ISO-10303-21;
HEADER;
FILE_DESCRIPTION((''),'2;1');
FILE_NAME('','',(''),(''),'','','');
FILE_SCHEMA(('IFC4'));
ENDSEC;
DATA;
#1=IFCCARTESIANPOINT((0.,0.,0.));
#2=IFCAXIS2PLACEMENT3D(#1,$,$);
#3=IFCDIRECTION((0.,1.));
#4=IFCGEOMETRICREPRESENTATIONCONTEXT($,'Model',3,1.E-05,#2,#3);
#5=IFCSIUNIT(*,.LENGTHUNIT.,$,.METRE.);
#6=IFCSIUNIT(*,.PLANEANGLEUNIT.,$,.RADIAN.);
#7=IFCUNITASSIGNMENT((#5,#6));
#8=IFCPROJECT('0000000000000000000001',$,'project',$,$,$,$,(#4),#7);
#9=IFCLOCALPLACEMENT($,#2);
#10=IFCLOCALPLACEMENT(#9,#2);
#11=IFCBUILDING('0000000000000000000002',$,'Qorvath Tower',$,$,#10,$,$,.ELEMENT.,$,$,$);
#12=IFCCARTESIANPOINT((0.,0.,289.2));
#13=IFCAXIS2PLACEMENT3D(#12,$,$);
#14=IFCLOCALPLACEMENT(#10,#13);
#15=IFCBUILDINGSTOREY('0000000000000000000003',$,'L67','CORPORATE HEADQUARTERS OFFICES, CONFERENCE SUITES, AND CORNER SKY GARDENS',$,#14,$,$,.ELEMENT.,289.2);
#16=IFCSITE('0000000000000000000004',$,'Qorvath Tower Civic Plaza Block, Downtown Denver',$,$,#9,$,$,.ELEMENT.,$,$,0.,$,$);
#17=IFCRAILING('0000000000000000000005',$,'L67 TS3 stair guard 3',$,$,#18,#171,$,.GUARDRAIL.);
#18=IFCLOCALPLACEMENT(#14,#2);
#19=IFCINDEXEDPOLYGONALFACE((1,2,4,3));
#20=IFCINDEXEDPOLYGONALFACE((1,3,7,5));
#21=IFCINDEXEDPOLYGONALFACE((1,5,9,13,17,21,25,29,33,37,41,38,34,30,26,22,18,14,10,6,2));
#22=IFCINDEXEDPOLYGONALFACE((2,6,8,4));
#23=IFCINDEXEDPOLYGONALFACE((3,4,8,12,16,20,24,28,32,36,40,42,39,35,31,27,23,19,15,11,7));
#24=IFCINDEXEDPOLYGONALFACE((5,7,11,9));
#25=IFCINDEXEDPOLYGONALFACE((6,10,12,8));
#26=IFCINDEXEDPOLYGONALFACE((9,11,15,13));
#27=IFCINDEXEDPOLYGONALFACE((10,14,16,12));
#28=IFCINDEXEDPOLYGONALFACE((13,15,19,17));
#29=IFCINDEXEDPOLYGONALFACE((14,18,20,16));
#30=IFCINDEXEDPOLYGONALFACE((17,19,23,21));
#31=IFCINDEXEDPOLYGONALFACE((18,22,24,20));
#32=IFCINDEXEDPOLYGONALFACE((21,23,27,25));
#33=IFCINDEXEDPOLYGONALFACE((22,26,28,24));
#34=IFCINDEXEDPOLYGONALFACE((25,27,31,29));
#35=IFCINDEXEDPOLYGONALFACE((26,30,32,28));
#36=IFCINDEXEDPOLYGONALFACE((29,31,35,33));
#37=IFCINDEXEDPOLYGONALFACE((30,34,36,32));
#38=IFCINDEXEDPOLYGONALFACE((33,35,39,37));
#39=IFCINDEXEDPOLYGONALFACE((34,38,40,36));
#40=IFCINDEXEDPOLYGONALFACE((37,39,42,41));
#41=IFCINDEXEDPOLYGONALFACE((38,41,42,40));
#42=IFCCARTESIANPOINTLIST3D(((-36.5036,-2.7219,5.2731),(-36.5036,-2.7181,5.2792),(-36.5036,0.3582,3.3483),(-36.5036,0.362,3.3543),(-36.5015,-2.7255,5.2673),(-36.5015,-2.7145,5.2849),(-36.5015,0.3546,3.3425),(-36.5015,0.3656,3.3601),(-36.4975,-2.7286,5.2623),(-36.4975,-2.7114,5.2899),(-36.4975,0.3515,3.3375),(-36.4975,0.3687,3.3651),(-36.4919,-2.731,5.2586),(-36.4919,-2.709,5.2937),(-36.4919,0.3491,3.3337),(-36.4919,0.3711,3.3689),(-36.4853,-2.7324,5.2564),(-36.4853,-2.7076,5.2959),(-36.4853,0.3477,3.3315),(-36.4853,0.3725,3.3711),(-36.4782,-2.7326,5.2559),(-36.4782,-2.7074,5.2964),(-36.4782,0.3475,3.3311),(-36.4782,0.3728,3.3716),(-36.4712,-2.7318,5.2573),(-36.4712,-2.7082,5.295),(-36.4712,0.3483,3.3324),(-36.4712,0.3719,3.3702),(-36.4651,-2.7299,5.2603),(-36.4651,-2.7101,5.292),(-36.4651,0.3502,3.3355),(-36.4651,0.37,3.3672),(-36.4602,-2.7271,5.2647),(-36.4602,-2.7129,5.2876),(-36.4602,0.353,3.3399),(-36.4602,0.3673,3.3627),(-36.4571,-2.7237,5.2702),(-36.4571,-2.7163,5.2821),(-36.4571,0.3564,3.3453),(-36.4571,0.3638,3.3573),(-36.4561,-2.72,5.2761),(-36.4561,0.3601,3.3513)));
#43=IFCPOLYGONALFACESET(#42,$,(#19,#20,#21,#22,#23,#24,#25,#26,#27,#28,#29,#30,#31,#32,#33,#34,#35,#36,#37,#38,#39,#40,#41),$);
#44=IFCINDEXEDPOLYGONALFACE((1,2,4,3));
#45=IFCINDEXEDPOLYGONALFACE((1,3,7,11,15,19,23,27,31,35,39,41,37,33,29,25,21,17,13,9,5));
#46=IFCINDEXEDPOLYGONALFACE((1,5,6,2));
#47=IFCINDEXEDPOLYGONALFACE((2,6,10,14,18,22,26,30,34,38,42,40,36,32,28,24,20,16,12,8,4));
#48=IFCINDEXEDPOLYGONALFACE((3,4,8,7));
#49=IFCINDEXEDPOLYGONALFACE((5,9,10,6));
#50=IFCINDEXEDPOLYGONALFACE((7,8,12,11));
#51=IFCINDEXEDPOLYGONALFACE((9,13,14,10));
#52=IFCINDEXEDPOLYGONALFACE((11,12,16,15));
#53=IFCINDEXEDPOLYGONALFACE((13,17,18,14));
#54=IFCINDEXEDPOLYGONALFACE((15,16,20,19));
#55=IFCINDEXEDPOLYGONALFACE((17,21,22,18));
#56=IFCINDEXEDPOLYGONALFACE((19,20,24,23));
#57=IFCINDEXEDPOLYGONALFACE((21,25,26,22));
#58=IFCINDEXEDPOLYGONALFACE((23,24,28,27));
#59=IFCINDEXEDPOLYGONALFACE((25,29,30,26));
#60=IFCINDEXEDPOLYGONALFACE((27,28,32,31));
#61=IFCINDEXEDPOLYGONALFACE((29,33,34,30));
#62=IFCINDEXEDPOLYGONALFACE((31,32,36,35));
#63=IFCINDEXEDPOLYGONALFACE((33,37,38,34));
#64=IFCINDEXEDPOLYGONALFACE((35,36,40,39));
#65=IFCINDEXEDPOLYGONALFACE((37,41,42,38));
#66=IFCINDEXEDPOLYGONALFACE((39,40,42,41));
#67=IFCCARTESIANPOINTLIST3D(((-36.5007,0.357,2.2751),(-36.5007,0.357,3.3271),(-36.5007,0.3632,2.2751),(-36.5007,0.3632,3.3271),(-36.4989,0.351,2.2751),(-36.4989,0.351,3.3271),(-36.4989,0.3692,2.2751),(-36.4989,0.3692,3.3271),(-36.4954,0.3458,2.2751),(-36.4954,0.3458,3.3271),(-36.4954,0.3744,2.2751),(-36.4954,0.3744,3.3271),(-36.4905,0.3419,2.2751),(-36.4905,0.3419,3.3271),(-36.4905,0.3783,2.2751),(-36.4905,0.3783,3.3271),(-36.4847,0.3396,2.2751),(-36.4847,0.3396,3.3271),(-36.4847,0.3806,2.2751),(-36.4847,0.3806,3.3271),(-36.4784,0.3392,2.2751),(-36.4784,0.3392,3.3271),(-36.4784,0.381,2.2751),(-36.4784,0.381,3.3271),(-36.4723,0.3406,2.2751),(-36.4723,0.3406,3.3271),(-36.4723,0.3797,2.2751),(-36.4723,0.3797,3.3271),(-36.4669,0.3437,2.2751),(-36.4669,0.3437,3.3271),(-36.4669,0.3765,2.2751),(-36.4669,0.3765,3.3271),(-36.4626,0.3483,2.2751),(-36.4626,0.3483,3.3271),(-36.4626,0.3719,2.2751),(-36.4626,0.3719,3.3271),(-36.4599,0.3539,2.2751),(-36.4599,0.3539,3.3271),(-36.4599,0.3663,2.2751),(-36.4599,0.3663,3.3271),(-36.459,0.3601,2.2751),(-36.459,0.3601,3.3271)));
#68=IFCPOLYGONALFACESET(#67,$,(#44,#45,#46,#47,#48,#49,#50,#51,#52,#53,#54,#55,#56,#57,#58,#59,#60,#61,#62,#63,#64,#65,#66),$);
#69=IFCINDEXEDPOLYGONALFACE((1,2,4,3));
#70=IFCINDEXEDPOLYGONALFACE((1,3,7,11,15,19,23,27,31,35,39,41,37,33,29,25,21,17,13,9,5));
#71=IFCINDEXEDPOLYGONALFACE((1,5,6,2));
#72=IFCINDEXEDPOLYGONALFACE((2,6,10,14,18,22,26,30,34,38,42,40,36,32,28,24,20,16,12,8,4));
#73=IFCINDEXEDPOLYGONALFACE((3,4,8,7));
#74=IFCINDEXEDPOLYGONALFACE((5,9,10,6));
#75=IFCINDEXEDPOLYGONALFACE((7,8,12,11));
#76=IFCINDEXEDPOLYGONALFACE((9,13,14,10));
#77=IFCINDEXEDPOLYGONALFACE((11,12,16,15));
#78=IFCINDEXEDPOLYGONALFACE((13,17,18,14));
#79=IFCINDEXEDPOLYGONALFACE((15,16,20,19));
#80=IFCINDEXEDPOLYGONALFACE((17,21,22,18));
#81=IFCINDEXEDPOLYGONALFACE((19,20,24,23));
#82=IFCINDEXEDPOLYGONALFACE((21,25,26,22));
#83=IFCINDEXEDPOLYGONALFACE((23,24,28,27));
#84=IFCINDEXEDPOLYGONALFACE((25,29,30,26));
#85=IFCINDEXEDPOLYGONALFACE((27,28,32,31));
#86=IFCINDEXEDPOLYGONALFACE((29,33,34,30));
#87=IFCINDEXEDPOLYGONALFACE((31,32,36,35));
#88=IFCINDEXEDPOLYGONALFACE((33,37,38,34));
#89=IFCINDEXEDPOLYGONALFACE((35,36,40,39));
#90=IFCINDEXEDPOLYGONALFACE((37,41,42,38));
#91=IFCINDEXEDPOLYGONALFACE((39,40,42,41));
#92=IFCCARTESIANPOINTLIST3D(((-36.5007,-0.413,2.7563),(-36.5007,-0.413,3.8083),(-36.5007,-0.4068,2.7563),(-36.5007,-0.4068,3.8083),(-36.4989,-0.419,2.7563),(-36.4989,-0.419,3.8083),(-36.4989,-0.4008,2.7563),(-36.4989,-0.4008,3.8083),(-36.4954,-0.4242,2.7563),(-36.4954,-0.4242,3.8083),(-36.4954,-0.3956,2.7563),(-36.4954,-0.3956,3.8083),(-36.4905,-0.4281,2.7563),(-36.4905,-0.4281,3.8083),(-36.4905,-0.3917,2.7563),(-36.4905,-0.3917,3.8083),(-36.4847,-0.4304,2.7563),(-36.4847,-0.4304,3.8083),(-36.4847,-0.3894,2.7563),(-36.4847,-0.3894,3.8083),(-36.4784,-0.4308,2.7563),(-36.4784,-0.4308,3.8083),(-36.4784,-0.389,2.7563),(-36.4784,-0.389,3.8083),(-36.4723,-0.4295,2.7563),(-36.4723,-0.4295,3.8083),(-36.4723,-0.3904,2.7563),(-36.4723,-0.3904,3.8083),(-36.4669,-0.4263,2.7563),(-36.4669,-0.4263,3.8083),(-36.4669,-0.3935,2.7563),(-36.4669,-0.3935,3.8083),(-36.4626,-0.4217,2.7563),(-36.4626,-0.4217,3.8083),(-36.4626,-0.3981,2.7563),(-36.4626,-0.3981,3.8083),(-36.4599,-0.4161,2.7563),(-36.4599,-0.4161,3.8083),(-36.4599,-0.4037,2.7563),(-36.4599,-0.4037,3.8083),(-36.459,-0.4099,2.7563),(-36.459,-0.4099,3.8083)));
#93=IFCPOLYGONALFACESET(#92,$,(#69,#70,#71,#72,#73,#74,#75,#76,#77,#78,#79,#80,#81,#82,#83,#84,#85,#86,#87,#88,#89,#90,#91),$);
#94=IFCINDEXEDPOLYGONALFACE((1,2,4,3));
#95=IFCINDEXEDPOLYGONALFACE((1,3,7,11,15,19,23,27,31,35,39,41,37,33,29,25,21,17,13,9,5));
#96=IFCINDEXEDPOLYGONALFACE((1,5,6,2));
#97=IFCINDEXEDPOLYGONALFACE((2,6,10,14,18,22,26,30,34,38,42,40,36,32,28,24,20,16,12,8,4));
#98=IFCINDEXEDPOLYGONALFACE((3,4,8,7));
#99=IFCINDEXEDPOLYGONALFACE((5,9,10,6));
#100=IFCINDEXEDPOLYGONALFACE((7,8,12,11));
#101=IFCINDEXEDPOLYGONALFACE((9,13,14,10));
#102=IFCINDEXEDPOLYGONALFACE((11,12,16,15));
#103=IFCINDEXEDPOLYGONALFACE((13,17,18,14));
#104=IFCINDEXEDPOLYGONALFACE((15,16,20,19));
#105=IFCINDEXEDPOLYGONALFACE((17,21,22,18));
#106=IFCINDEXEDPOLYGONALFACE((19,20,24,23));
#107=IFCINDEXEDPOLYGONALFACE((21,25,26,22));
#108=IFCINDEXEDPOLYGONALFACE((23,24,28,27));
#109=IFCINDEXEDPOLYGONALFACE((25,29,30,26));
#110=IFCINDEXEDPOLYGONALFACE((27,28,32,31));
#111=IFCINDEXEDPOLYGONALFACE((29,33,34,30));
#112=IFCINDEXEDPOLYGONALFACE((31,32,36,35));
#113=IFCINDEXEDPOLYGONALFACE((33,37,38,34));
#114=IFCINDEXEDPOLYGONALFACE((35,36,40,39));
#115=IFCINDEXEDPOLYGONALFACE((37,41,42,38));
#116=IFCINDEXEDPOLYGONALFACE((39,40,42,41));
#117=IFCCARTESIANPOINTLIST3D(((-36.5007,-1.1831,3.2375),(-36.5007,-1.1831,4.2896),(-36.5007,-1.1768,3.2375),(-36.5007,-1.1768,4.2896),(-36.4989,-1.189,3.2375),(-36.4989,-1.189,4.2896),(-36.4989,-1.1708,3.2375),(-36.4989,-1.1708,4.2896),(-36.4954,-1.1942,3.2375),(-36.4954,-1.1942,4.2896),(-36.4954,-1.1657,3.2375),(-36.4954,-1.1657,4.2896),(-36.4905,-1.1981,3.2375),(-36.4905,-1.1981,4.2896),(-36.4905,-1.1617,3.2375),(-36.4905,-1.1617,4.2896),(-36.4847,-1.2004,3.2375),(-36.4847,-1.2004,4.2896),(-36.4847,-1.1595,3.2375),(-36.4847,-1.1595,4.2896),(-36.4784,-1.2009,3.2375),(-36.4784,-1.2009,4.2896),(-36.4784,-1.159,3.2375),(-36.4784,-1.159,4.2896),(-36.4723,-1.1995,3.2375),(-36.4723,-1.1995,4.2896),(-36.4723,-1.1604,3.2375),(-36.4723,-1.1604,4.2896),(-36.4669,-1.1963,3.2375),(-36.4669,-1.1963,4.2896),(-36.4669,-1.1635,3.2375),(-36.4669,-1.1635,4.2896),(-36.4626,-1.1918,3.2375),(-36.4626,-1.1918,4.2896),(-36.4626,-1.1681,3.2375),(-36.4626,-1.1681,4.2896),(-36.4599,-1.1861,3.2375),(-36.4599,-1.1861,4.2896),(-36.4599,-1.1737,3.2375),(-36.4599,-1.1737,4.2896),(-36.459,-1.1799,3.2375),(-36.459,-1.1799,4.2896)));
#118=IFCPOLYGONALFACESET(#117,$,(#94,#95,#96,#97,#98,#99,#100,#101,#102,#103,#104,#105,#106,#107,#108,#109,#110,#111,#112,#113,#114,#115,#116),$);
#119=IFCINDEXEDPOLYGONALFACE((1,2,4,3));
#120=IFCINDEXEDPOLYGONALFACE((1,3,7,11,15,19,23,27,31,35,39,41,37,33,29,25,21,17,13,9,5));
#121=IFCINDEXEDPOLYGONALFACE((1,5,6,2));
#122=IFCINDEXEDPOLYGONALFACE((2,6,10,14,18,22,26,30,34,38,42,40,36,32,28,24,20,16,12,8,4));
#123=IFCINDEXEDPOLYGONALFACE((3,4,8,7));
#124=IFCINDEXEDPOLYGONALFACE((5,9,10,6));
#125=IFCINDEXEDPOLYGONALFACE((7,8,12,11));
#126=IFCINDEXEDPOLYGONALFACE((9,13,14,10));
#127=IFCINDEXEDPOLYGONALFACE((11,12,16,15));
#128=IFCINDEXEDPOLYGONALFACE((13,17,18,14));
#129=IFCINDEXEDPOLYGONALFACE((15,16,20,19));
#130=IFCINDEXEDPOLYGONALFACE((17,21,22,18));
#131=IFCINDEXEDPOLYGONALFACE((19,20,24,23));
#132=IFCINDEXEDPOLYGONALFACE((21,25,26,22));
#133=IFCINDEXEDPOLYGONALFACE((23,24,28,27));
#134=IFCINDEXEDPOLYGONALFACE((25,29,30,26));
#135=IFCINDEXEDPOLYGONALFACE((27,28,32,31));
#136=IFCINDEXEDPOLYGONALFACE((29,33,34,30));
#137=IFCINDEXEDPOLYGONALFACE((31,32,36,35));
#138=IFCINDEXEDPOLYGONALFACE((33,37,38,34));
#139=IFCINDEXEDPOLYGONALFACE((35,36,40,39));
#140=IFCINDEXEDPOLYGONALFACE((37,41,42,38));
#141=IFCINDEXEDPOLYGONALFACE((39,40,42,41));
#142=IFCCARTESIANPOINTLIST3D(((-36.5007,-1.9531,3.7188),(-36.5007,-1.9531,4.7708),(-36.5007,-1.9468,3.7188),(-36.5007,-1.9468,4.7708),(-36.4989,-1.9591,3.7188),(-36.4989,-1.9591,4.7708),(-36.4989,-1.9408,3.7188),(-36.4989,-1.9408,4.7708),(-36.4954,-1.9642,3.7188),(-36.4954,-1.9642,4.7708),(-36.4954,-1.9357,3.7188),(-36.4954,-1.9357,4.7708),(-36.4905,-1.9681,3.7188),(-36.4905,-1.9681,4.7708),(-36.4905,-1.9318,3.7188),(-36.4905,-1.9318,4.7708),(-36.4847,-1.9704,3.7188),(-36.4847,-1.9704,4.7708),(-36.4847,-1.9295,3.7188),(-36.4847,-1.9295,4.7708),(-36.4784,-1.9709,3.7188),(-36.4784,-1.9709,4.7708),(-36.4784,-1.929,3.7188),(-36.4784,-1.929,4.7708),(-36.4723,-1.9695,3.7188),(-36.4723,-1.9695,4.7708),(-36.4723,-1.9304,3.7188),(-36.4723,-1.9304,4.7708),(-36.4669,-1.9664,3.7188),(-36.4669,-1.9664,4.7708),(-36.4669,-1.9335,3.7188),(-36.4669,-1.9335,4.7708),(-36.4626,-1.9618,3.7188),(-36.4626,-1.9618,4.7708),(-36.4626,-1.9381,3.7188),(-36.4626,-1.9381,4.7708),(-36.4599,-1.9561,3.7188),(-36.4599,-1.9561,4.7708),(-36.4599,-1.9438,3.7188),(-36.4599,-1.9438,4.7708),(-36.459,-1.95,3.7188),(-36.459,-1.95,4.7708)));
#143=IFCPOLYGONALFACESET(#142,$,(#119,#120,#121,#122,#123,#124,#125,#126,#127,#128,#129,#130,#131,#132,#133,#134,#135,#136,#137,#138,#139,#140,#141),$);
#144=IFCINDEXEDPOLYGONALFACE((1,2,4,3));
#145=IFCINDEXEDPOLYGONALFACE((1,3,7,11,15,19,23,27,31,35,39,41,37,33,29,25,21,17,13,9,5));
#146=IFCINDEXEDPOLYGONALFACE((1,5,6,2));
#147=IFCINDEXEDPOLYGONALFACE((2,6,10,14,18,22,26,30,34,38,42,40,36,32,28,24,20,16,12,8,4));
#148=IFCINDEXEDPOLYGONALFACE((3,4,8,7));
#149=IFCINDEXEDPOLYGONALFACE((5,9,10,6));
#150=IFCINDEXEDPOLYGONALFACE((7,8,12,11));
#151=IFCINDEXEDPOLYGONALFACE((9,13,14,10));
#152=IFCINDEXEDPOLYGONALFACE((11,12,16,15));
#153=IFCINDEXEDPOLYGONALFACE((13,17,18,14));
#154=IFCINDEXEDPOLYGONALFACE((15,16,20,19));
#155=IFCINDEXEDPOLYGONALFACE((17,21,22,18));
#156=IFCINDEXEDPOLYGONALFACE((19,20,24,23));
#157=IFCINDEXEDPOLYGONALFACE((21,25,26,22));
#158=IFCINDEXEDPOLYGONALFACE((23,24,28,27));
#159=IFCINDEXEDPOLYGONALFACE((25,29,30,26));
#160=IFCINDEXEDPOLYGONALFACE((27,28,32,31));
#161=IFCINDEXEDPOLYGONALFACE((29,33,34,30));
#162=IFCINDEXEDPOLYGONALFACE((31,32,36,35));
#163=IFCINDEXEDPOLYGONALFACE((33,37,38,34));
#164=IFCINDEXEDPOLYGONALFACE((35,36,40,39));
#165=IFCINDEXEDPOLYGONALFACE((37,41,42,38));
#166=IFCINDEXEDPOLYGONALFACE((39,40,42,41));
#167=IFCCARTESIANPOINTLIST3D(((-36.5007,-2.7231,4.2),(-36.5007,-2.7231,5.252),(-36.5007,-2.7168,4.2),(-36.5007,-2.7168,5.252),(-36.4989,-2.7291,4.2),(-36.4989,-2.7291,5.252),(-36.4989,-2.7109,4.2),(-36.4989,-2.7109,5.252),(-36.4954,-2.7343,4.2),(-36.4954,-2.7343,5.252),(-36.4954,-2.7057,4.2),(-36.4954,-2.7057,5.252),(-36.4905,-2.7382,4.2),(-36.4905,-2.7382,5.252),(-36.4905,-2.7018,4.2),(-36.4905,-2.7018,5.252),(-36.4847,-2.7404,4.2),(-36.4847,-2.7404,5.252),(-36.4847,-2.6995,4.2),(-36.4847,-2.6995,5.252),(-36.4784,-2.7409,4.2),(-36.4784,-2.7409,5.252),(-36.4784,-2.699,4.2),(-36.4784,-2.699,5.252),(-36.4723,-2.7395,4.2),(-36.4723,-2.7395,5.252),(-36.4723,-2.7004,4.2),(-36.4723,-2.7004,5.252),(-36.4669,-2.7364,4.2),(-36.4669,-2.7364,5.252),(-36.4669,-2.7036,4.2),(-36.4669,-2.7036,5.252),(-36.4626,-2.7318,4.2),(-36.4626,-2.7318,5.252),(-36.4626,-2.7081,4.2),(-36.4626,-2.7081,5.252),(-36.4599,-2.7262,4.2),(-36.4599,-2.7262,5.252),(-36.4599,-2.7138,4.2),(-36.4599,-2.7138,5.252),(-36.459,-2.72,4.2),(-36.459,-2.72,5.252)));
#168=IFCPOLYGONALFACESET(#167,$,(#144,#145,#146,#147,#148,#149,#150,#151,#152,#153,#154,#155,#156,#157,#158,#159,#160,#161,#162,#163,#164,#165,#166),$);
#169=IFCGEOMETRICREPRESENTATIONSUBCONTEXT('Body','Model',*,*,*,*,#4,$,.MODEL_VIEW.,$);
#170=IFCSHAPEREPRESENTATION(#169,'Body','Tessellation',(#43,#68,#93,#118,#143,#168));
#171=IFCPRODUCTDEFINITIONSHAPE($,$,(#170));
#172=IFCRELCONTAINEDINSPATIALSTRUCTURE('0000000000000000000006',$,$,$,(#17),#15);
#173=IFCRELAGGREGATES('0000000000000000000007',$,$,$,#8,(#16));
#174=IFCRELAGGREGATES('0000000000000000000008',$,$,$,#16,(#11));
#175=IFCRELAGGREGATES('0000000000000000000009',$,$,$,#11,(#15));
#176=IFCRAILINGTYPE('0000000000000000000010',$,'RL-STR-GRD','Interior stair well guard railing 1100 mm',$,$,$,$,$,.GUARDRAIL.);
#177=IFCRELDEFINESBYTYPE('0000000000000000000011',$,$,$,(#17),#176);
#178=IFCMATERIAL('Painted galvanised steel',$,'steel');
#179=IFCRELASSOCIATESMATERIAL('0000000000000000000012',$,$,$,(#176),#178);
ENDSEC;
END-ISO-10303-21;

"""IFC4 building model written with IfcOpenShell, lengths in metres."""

from ifc_helpers import new_model, si_unit, direction, frame, origin, origin_2d, place, context, subcontext, project, spatial, circle, extrude, material, type_object, element, save


model = new_model("IFC4")

# Units and contexts
model_context = context("Model", 3, precision=1e-05, world=origin(), true_north=direction((0.0, 1.0)))
body_context = subcontext(model_context, "Body", "Model", "MODEL_VIEW")
ifc_project = project(units=[si_unit("LENGTHUNIT", "METRE"), si_unit("PLANEANGLEUNIT", "RADIAN")], contexts=[model_context])

# Site, building, storey
site_placement = place(None, origin())
site = spatial("IfcSite", under=ifc_project, at=site_placement, Name="Qorvath Tower Civic Plaza Block, Downtown Denver", CompositionType="ELEMENT", RefElevation=0.0)
building_placement = place(site_placement, origin())
building = spatial("IfcBuilding", under=site, at=building_placement, Name="Qorvath Tower", CompositionType="ELEMENT")
storey_placement = place(building_placement, frame((0.0, 0.0, 289.2)))
storey = spatial("IfcBuildingStorey", under=building, at=storey_placement, Name="L67", Description="CORPORATE HEADQUARTERS OFFICES, CONFERENCE SUITES, AND CORNER SKY GARDENS", CompositionType="ELEMENT", Elevation=289.2)

# Railing
ifc_material_1 = material(Name="Painted galvanised steel", Category="steel")
railing_type_1 = type_object("IfcRailingType", Name="RL-STR-GRD", Description="Interior stair well guard railing 1100 mm", PredefinedType="GUARDRAIL", material=ifc_material_1)
railing_1_placement = place(storey_placement, frame((-36.48, 0.3601, 2.2751)))
element("IfcRailing", 1, at=railing_1_placement, inside=storey, type_object=railing_type_1, Name="L67 TS3 stair guard 3", PredefinedType="GUARDRAIL", context=body_context, shape_type="SweptSolid", body=[
    extrude(circle(Radius=0.0239, at=origin_2d()), frame((0.0, 0.0, 1.0762), z_axis=(0.0, -0.848029, 0.529951), x_axis=(1.0, 0.0, 0.0)), (0.0, 0.0, 1.0), 3.6321),
    extrude(circle(Radius=0.021, at=origin_2d()), origin(), (0.0, 0.0, 1.0), 1.052),
    extrude(circle(Radius=0.021, at=origin_2d()), frame((0.0, -0.77, 0.4812)), (0.0, 0.0, 1.0), 1.052),
    extrude(circle(Radius=0.021, at=origin_2d()), frame((0.0, -1.54, 0.9624)), (0.0, 0.0, 1.0), 1.052),
    extrude(circle(Radius=0.021, at=origin_2d()), frame((0.0, -2.3101, 1.4436)), (0.0, 0.0, 1.0), 1.052),
    extrude(circle(Radius=0.021, at=origin_2d()), frame((0.0, -3.0801, 1.9248)), (0.0, 0.0, 1.0), 1.052),
])

save(model, "model.ifc")
